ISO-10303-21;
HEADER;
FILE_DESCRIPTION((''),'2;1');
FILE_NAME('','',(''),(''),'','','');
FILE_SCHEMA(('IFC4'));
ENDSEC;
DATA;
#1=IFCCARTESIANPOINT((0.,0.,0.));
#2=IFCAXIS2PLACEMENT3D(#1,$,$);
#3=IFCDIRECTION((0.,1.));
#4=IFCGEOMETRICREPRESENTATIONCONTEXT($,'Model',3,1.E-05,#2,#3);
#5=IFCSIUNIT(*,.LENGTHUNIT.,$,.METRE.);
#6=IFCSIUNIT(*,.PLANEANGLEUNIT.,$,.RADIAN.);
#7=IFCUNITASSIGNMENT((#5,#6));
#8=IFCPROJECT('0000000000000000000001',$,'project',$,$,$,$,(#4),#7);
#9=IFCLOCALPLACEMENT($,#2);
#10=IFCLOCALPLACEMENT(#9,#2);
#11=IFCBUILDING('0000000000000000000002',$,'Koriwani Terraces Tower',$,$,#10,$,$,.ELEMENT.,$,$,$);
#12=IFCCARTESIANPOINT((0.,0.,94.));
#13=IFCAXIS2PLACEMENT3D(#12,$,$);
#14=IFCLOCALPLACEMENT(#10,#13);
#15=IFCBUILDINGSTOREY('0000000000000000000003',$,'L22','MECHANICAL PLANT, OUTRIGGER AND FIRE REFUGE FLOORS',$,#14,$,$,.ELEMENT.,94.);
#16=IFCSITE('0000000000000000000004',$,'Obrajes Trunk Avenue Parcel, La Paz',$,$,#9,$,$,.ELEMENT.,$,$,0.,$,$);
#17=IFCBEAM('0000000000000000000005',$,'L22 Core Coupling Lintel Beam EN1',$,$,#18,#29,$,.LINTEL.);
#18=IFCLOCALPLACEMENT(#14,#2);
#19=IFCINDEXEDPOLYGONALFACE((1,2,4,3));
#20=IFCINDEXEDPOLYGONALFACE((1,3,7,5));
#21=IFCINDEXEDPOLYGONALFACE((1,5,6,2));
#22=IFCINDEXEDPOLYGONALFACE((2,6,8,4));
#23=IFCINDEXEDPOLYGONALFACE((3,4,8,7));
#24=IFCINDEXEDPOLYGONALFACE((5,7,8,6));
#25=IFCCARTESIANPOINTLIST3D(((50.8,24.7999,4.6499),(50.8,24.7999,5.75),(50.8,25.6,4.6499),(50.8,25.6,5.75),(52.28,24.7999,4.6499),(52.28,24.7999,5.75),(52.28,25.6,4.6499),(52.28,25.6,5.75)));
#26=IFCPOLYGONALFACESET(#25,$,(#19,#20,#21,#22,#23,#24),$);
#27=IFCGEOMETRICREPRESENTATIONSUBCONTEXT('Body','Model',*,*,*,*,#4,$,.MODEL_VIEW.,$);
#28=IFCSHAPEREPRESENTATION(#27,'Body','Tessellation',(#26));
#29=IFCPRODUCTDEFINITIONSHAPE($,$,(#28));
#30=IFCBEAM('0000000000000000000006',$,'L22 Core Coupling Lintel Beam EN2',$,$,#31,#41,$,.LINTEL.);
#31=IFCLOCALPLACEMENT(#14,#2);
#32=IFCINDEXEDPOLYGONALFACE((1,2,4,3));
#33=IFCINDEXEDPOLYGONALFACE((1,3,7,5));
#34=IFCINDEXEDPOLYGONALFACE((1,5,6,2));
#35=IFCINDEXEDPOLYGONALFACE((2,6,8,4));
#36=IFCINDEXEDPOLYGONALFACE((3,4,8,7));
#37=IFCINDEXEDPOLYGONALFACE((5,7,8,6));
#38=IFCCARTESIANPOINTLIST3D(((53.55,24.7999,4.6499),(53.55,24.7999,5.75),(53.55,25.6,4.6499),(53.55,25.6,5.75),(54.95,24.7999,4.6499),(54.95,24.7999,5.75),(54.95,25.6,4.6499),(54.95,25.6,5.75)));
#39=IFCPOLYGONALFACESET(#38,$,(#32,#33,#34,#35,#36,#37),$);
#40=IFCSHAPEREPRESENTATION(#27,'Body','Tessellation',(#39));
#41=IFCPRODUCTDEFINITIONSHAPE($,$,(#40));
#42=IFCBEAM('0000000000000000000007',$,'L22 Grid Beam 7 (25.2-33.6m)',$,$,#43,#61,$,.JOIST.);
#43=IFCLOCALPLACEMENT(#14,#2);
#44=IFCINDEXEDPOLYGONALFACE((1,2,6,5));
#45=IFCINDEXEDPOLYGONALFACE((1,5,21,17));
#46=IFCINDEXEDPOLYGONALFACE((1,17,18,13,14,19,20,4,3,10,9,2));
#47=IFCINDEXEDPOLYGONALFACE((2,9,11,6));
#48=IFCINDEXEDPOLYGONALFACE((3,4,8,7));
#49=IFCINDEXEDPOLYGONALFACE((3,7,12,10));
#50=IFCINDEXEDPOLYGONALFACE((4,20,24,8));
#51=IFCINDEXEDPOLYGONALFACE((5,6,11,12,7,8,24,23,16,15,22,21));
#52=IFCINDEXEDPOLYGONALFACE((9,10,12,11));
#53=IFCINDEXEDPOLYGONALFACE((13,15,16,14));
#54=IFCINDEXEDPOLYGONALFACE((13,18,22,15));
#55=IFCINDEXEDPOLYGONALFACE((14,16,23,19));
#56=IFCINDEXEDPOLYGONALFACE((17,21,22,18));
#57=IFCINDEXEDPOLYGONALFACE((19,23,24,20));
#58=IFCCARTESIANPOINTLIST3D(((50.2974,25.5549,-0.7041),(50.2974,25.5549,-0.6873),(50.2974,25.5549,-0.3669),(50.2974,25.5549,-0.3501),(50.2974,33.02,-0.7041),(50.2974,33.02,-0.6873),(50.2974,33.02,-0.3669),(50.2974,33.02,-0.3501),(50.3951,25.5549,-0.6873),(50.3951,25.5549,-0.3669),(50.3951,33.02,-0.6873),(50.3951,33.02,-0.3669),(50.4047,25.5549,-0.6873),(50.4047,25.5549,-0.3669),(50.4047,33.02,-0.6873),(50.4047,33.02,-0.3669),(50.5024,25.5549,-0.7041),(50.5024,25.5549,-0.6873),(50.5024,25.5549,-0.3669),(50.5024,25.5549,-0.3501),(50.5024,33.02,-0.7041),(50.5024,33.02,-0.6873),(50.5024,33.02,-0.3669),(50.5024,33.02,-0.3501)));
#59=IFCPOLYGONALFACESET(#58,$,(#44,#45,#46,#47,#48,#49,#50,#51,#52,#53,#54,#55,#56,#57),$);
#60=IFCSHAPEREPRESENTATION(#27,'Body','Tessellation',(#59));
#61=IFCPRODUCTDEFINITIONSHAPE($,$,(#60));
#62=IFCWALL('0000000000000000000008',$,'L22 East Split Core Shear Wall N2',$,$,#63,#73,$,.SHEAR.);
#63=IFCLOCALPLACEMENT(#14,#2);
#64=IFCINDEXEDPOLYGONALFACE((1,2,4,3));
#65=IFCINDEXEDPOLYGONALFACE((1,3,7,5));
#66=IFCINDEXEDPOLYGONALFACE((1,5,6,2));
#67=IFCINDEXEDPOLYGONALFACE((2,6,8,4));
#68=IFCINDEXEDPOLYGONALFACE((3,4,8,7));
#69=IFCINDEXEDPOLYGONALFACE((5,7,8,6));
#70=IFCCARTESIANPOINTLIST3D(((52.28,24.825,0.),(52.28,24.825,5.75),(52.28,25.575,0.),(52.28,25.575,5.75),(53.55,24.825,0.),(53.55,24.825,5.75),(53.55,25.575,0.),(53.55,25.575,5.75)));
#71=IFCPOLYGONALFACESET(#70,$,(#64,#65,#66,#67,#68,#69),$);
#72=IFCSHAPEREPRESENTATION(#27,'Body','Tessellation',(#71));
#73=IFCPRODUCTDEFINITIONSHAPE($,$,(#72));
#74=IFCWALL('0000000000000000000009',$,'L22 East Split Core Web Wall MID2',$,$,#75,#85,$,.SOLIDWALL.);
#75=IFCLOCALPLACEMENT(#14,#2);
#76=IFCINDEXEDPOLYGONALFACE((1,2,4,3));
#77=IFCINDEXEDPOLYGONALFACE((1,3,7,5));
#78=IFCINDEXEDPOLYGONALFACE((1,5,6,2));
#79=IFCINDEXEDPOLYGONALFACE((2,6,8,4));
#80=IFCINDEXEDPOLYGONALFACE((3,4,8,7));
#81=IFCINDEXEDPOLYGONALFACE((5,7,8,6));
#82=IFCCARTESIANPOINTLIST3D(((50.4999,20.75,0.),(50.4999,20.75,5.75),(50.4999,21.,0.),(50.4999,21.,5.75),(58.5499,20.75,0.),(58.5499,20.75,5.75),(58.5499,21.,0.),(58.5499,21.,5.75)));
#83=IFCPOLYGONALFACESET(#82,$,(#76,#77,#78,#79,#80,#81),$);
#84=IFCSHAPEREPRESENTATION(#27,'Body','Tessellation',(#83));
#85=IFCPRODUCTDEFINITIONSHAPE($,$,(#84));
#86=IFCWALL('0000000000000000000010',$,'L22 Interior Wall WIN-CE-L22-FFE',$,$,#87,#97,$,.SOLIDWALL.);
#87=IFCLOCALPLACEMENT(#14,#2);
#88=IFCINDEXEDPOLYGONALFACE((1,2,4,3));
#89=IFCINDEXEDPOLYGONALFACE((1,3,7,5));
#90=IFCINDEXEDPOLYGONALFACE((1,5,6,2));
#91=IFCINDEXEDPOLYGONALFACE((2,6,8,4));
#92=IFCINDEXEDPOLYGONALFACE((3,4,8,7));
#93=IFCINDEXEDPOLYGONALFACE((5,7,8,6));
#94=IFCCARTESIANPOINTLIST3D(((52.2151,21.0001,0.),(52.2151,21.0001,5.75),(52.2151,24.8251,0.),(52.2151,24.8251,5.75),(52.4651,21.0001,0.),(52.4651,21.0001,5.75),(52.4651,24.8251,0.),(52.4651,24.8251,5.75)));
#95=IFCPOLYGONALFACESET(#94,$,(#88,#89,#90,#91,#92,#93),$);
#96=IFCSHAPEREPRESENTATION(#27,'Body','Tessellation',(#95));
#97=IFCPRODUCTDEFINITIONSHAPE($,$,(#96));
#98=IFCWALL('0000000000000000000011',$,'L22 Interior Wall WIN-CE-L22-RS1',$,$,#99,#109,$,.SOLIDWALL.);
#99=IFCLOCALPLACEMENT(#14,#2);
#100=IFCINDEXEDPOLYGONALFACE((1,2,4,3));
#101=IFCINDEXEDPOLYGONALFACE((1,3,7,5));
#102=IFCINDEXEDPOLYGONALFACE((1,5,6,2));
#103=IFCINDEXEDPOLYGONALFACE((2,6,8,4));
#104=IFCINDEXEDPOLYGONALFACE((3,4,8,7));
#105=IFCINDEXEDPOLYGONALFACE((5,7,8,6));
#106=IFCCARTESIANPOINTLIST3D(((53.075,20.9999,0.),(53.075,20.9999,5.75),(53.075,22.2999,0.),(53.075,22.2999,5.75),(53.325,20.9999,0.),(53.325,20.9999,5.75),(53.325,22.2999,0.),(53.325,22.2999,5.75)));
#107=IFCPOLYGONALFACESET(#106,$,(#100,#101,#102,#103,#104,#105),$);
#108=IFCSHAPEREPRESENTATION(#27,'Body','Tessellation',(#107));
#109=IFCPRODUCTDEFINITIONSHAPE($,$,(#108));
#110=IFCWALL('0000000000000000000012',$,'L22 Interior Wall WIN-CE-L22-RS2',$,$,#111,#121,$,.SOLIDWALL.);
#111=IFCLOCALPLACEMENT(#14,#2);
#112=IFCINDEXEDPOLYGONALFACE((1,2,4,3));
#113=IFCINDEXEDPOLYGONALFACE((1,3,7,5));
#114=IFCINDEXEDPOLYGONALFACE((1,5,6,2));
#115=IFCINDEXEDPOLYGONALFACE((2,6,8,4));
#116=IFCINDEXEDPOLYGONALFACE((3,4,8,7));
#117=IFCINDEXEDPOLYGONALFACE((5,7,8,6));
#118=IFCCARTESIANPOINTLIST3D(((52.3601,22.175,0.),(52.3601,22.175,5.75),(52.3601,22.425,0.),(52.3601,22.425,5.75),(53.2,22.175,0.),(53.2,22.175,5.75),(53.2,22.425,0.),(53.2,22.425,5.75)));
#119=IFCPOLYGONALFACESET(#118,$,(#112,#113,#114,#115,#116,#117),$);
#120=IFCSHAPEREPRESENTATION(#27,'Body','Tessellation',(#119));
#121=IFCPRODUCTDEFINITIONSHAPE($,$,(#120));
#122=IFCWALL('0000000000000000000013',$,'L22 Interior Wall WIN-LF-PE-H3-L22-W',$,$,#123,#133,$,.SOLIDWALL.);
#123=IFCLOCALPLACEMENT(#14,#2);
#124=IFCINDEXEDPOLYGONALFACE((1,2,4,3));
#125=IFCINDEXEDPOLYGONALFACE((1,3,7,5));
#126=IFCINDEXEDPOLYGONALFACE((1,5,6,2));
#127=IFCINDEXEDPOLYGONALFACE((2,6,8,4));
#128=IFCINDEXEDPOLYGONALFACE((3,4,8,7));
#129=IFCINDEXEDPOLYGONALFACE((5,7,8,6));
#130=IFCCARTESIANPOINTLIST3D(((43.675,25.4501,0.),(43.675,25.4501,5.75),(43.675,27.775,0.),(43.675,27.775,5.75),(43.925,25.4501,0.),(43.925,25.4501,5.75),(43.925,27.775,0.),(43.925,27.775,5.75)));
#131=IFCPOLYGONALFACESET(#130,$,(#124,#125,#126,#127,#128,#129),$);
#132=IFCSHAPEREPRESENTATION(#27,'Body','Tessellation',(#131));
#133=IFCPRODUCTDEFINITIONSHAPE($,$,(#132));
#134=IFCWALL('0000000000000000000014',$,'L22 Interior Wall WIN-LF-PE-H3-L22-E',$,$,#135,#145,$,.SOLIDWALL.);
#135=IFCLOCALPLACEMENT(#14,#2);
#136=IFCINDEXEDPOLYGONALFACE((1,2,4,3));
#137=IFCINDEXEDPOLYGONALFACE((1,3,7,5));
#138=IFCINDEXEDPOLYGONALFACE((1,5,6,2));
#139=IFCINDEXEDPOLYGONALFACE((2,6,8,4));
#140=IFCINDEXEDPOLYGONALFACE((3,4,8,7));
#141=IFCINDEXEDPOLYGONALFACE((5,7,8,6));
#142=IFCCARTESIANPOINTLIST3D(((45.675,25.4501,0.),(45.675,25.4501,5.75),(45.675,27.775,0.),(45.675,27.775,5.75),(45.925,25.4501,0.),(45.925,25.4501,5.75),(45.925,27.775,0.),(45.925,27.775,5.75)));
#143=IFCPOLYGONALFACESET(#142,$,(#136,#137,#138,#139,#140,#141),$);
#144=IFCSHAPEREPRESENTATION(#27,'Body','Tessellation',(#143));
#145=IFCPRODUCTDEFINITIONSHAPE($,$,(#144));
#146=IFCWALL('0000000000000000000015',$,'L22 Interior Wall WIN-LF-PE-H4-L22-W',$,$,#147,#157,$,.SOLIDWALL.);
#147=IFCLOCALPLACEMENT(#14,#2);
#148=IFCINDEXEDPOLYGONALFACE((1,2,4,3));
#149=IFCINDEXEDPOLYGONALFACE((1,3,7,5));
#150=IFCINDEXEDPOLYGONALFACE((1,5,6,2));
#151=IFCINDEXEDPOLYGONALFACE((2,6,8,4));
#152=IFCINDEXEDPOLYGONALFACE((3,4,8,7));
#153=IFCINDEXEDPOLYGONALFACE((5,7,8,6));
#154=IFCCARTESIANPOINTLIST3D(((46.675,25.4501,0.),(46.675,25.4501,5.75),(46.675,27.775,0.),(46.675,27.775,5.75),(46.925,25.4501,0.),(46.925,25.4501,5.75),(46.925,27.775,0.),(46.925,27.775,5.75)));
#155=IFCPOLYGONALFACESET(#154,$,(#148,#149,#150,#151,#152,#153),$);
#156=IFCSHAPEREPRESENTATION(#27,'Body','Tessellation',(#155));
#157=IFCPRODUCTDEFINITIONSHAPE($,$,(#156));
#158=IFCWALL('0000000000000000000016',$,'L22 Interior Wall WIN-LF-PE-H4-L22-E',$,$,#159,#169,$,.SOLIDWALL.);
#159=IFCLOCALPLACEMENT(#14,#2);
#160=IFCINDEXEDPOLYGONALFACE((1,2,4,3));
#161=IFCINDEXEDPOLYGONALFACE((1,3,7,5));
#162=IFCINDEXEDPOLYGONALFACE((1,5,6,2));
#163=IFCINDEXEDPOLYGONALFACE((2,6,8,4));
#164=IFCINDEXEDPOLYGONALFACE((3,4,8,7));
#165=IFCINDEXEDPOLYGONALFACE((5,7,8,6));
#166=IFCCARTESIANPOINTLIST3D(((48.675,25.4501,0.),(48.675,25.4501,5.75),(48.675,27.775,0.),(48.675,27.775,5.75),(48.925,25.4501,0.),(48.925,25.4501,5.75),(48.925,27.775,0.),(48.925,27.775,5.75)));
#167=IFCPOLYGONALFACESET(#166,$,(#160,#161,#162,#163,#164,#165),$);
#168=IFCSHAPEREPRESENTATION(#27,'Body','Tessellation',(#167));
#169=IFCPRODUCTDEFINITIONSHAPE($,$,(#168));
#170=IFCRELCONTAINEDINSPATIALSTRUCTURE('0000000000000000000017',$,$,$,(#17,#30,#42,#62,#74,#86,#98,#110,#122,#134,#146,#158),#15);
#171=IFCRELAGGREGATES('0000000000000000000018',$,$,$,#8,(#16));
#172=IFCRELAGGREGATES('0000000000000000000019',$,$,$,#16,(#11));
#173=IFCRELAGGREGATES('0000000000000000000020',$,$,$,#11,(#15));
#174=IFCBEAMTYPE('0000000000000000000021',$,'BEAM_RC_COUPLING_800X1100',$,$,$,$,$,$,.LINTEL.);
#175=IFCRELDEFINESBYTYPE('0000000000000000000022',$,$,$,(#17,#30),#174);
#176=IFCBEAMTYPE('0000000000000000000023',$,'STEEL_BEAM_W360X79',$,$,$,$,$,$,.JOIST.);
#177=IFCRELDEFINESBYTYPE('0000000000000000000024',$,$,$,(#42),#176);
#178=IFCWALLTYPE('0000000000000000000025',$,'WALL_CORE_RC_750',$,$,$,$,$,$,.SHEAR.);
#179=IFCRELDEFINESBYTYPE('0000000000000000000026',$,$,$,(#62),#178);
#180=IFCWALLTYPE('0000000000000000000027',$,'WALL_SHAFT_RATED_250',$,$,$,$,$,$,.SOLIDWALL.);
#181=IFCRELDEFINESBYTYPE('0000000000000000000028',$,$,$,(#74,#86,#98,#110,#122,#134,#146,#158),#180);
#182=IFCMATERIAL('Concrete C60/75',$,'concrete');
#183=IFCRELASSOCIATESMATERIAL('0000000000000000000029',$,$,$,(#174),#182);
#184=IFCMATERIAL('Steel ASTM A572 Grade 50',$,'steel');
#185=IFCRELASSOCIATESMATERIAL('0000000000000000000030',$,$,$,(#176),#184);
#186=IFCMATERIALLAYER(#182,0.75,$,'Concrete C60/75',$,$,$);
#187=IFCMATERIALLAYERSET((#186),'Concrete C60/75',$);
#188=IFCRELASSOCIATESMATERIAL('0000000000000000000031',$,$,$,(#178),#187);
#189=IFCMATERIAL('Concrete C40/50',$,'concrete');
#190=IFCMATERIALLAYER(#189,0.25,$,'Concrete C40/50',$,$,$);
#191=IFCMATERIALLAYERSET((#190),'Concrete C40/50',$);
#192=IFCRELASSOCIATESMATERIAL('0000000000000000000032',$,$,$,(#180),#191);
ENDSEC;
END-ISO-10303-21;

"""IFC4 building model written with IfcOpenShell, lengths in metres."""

from ifc_helpers import new_model, si_unit, direction, frame, frame_2d, origin, origin_2d, place, context, subcontext, project, spatial, rectangle, i_section, extrude, material, layer, layer_set, material_profile, profile_set, type_object, element, save


model = new_model("IFC4")

# Units and contexts
model_context = context("Model", 3, precision=1e-05, world=origin(), true_north=direction((0.0, 1.0)))
body_context = subcontext(model_context, "Body", "Model", "MODEL_VIEW")
ifc_project = project(units=[si_unit("LENGTHUNIT", "METRE"), si_unit("PLANEANGLEUNIT", "RADIAN")], contexts=[model_context])

# Site, building, storey
site_placement = place(None, origin())
site = spatial("IfcSite", under=ifc_project, at=site_placement, Name="Obrajes Trunk Avenue Parcel, La Paz", CompositionType="ELEMENT", RefElevation=0.0)
building_placement = place(site_placement, origin())
building = spatial("IfcBuilding", under=site, at=building_placement, Name="Koriwani Terraces Tower", CompositionType="ELEMENT")
storey_placement = place(building_placement, frame((0.0, 0.0, 94.0)))
storey = spatial("IfcBuildingStorey", under=building, at=storey_placement, Name="L22", Description="MECHANICAL PLANT, OUTRIGGER AND FIRE REFUGE FLOORS", CompositionType="ELEMENT", Elevation=94.0)

# Beams
ifc_material_1 = material(Name="Concrete C60/75", Category="concrete")
ifc_material_profile_1 = material_profile(ifc_material_1, rectangle(XDim=0.8, YDim=1.1001, at=origin_2d()), Name="Concrete C60/75", Category="LoadBearing")
ifc_profile_set_1 = profile_set([ifc_material_profile_1], Name="Concrete C60/75")
beam_type_1 = type_object("IfcBeamType", Name="BEAM_RC_COUPLING_800X1100", PredefinedType="LINTEL", material=ifc_profile_set_1)
beam_1_placement = place(storey_placement, frame((50.8, 25.2, 5.2), z_axis=(1.0, 0.0, 0.0), x_axis=(0.0, 1.0, 0.0)))
element("IfcBeam", 1, at=beam_1_placement, inside=storey, type_object=beam_type_1, Name="L22 Core Coupling Lintel Beam EN1", PredefinedType="LINTEL", context=body_context, shape_type="SweptSolid", body=[
    extrude(rectangle(XDim=0.8, YDim=1.1001, at=origin_2d()), origin(), (0.0, 0.0, 1.0), 1.48),
])
beam_2_placement = place(storey_placement, frame((53.55, 25.2, 5.2), z_axis=(1.0, 0.0, 0.0), x_axis=(0.0, 1.0, 0.0)))
element("IfcBeam", 2, at=beam_2_placement, inside=storey, type_object=beam_type_1, Name="L22 Core Coupling Lintel Beam EN2", PredefinedType="LINTEL", context=body_context, shape_type="SweptSolid", body=[
    extrude(rectangle(XDim=0.8, YDim=1.1001, at=origin_2d()), origin(), (0.0, 0.0, 1.0), 1.3999),
])
ifc_material_2 = material(Name="Steel ASTM A572 Grade 50", Category="steel")
ifc_material_profile_2 = material_profile(ifc_material_2, i_section(OverallWidth=0.2051, OverallDepth=0.354, WebThickness=0.0095, FlangeThickness=0.0168, at=origin_2d()), Name="Steel ASTM A572 Grade 50", Category="LoadBearing")
ifc_profile_set_2 = profile_set([ifc_material_profile_2], Name="Steel ASTM A572 Grade 50")
beam_type_2 = type_object("IfcBeamType", Name="STEEL_BEAM_W360X79", PredefinedType="JOIST", material=ifc_profile_set_2)
beam_3_placement = place(storey_placement, frame((50.3999, 25.5549, -0.5271), z_axis=(0.0, 1.0, 0.0), x_axis=(-1.0, 0.0, 0.0)))
element("IfcBeam", 3, at=beam_3_placement, inside=storey, type_object=beam_type_2, Name="L22 Grid Beam 7 (25.2-33.6m)", PredefinedType="JOIST", context=body_context, shape_type="SweptSolid", body=[
    extrude(i_section(OverallWidth=0.2051, OverallDepth=0.354, WebThickness=0.0095, FlangeThickness=0.0168, at=origin_2d()), origin(), (0.0, 0.0, 1.0), 7.4651),
])

# Walls
ifc_layer_1 = layer(ifc_material_1, 0.75, Name="Concrete C60/75")
ifc_layer_set_1 = layer_set([ifc_layer_1], Name="Concrete C60/75")
wall_type_1 = type_object("IfcWallType", Name="WALL_CORE_RC_750", PredefinedType="SHEAR", material=ifc_layer_set_1)
wall_1_placement = place(storey_placement, frame((52.28, 25.2, 0.0), z_axis=(0.0, 0.0, 1.0), x_axis=(1.0, 0.0, 0.0)))
element("IfcWall", 4, at=wall_1_placement, inside=storey, type_object=wall_type_1, Name="L22 East Split Core Shear Wall N2", PredefinedType="SHEAR", context=body_context, shape_type="SweptSolid", body=[
    extrude(rectangle(XDim=1.27, YDim=0.75, at=frame_2d((0.635, 0.0))), origin(), (0.0, 0.0, 1.0), 5.75),
])
ifc_material_3 = material(Name="Concrete C40/50", Category="concrete")
ifc_layer_2 = layer(ifc_material_3, 0.25, Name="Concrete C40/50")
ifc_layer_set_2 = layer_set([ifc_layer_2], Name="Concrete C40/50")
wall_type_2 = type_object("IfcWallType", Name="WALL_SHAFT_RATED_250", PredefinedType="SOLIDWALL", material=ifc_layer_set_2)
wall_2_placement = place(storey_placement, frame((50.5, 20.875, 0.0), z_axis=(0.0, 0.0, 1.0), x_axis=(1.0, 0.0, 0.0)))
element("IfcWall", 5, at=wall_2_placement, inside=storey, type_object=wall_type_2, Name="L22 East Split Core Web Wall MID2", PredefinedType="SOLIDWALL", context=body_context, shape_type="SweptSolid", body=[
    extrude(rectangle(XDim=8.05, YDim=0.25, at=frame_2d((4.0249, 0.0))), origin(), (0.0, 0.0, 1.0), 5.75),
])

# Walls
wall_3_placement = place(storey_placement, frame((52.3401, 21.0, 0.0), z_axis=(0.0, 0.0, 1.0), x_axis=(0.0, 1.0, 0.0)))
element("IfcWall", 6, at=wall_3_placement, inside=storey, type_object=wall_type_2, Name="L22 Interior Wall WIN-CE-L22-FFE", PredefinedType="SOLIDWALL", context=body_context, shape_type="SweptSolid", body=[
    extrude(rectangle(XDim=3.825, YDim=0.25, at=frame_2d((1.9126, 0.0))), origin(), (0.0, 0.0, 1.0), 5.75),
])
wall_4_placement = place(storey_placement, frame((53.2, 21.0, 0.0), z_axis=(0.0, 0.0, 1.0), x_axis=(0.0, 1.0, 0.0)))
element("IfcWall", 7, at=wall_4_placement, inside=storey, type_object=wall_type_2, Name="L22 Interior Wall WIN-CE-L22-RS1", PredefinedType="SOLIDWALL", context=body_context, shape_type="SweptSolid", body=[
    extrude(rectangle(XDim=1.3, YDim=0.25, at=frame_2d((0.6499, 0.0))), origin(), (0.0, 0.0, 1.0), 5.75),
])
wall_5_placement = place(storey_placement, frame((52.3601, 22.3, 0.0), z_axis=(0.0, 0.0, 1.0), x_axis=(1.0, 0.0, 0.0)))
element("IfcWall", 8, at=wall_5_placement, inside=storey, type_object=wall_type_2, Name="L22 Interior Wall WIN-CE-L22-RS2", PredefinedType="SOLIDWALL", context=body_context, shape_type="SweptSolid", body=[
    extrude(rectangle(XDim=0.8398, YDim=0.25, at=frame_2d((0.4199, 0.0))), origin(), (0.0, 0.0, 1.0), 5.75),
])
for number, where, z_axis, x_axis, name in (
    (9, (43.8, 25.45, 0.0), (0.0, 0.0, 1.0), (0.0, 1.0, 0.0), "L22 Interior Wall WIN-LF-PE-H3-L22-W"),
    (10, (45.8, 25.45, 0.0), (0.0, 0.0, 1.0), (0.0, 1.0, 0.0), "L22 Interior Wall WIN-LF-PE-H3-L22-E"),
    (11, (46.8, 25.45, 0.0), (0.0, 0.0, 1.0), (0.0, 1.0, 0.0), "L22 Interior Wall WIN-LF-PE-H4-L22-W"),
    (12, (48.8, 25.45, 0.0), (0.0, 0.0, 1.0), (0.0, 1.0, 0.0), "L22 Interior Wall WIN-LF-PE-H4-L22-E"),
):
    element("IfcWall", number, at=place(storey_placement, frame(where, z_axis=z_axis, x_axis=x_axis)), inside=storey, type_object=wall_type_2, Name=name, PredefinedType="SOLIDWALL", context=body_context, shape_type="SweptSolid", body=[
        extrude(rectangle(XDim=2.325, YDim=0.25, at=frame_2d((1.1626, 0.0))), origin(), (0.0, 0.0, 1.0), 5.75),
    ])

save(model, "model.ifc")
